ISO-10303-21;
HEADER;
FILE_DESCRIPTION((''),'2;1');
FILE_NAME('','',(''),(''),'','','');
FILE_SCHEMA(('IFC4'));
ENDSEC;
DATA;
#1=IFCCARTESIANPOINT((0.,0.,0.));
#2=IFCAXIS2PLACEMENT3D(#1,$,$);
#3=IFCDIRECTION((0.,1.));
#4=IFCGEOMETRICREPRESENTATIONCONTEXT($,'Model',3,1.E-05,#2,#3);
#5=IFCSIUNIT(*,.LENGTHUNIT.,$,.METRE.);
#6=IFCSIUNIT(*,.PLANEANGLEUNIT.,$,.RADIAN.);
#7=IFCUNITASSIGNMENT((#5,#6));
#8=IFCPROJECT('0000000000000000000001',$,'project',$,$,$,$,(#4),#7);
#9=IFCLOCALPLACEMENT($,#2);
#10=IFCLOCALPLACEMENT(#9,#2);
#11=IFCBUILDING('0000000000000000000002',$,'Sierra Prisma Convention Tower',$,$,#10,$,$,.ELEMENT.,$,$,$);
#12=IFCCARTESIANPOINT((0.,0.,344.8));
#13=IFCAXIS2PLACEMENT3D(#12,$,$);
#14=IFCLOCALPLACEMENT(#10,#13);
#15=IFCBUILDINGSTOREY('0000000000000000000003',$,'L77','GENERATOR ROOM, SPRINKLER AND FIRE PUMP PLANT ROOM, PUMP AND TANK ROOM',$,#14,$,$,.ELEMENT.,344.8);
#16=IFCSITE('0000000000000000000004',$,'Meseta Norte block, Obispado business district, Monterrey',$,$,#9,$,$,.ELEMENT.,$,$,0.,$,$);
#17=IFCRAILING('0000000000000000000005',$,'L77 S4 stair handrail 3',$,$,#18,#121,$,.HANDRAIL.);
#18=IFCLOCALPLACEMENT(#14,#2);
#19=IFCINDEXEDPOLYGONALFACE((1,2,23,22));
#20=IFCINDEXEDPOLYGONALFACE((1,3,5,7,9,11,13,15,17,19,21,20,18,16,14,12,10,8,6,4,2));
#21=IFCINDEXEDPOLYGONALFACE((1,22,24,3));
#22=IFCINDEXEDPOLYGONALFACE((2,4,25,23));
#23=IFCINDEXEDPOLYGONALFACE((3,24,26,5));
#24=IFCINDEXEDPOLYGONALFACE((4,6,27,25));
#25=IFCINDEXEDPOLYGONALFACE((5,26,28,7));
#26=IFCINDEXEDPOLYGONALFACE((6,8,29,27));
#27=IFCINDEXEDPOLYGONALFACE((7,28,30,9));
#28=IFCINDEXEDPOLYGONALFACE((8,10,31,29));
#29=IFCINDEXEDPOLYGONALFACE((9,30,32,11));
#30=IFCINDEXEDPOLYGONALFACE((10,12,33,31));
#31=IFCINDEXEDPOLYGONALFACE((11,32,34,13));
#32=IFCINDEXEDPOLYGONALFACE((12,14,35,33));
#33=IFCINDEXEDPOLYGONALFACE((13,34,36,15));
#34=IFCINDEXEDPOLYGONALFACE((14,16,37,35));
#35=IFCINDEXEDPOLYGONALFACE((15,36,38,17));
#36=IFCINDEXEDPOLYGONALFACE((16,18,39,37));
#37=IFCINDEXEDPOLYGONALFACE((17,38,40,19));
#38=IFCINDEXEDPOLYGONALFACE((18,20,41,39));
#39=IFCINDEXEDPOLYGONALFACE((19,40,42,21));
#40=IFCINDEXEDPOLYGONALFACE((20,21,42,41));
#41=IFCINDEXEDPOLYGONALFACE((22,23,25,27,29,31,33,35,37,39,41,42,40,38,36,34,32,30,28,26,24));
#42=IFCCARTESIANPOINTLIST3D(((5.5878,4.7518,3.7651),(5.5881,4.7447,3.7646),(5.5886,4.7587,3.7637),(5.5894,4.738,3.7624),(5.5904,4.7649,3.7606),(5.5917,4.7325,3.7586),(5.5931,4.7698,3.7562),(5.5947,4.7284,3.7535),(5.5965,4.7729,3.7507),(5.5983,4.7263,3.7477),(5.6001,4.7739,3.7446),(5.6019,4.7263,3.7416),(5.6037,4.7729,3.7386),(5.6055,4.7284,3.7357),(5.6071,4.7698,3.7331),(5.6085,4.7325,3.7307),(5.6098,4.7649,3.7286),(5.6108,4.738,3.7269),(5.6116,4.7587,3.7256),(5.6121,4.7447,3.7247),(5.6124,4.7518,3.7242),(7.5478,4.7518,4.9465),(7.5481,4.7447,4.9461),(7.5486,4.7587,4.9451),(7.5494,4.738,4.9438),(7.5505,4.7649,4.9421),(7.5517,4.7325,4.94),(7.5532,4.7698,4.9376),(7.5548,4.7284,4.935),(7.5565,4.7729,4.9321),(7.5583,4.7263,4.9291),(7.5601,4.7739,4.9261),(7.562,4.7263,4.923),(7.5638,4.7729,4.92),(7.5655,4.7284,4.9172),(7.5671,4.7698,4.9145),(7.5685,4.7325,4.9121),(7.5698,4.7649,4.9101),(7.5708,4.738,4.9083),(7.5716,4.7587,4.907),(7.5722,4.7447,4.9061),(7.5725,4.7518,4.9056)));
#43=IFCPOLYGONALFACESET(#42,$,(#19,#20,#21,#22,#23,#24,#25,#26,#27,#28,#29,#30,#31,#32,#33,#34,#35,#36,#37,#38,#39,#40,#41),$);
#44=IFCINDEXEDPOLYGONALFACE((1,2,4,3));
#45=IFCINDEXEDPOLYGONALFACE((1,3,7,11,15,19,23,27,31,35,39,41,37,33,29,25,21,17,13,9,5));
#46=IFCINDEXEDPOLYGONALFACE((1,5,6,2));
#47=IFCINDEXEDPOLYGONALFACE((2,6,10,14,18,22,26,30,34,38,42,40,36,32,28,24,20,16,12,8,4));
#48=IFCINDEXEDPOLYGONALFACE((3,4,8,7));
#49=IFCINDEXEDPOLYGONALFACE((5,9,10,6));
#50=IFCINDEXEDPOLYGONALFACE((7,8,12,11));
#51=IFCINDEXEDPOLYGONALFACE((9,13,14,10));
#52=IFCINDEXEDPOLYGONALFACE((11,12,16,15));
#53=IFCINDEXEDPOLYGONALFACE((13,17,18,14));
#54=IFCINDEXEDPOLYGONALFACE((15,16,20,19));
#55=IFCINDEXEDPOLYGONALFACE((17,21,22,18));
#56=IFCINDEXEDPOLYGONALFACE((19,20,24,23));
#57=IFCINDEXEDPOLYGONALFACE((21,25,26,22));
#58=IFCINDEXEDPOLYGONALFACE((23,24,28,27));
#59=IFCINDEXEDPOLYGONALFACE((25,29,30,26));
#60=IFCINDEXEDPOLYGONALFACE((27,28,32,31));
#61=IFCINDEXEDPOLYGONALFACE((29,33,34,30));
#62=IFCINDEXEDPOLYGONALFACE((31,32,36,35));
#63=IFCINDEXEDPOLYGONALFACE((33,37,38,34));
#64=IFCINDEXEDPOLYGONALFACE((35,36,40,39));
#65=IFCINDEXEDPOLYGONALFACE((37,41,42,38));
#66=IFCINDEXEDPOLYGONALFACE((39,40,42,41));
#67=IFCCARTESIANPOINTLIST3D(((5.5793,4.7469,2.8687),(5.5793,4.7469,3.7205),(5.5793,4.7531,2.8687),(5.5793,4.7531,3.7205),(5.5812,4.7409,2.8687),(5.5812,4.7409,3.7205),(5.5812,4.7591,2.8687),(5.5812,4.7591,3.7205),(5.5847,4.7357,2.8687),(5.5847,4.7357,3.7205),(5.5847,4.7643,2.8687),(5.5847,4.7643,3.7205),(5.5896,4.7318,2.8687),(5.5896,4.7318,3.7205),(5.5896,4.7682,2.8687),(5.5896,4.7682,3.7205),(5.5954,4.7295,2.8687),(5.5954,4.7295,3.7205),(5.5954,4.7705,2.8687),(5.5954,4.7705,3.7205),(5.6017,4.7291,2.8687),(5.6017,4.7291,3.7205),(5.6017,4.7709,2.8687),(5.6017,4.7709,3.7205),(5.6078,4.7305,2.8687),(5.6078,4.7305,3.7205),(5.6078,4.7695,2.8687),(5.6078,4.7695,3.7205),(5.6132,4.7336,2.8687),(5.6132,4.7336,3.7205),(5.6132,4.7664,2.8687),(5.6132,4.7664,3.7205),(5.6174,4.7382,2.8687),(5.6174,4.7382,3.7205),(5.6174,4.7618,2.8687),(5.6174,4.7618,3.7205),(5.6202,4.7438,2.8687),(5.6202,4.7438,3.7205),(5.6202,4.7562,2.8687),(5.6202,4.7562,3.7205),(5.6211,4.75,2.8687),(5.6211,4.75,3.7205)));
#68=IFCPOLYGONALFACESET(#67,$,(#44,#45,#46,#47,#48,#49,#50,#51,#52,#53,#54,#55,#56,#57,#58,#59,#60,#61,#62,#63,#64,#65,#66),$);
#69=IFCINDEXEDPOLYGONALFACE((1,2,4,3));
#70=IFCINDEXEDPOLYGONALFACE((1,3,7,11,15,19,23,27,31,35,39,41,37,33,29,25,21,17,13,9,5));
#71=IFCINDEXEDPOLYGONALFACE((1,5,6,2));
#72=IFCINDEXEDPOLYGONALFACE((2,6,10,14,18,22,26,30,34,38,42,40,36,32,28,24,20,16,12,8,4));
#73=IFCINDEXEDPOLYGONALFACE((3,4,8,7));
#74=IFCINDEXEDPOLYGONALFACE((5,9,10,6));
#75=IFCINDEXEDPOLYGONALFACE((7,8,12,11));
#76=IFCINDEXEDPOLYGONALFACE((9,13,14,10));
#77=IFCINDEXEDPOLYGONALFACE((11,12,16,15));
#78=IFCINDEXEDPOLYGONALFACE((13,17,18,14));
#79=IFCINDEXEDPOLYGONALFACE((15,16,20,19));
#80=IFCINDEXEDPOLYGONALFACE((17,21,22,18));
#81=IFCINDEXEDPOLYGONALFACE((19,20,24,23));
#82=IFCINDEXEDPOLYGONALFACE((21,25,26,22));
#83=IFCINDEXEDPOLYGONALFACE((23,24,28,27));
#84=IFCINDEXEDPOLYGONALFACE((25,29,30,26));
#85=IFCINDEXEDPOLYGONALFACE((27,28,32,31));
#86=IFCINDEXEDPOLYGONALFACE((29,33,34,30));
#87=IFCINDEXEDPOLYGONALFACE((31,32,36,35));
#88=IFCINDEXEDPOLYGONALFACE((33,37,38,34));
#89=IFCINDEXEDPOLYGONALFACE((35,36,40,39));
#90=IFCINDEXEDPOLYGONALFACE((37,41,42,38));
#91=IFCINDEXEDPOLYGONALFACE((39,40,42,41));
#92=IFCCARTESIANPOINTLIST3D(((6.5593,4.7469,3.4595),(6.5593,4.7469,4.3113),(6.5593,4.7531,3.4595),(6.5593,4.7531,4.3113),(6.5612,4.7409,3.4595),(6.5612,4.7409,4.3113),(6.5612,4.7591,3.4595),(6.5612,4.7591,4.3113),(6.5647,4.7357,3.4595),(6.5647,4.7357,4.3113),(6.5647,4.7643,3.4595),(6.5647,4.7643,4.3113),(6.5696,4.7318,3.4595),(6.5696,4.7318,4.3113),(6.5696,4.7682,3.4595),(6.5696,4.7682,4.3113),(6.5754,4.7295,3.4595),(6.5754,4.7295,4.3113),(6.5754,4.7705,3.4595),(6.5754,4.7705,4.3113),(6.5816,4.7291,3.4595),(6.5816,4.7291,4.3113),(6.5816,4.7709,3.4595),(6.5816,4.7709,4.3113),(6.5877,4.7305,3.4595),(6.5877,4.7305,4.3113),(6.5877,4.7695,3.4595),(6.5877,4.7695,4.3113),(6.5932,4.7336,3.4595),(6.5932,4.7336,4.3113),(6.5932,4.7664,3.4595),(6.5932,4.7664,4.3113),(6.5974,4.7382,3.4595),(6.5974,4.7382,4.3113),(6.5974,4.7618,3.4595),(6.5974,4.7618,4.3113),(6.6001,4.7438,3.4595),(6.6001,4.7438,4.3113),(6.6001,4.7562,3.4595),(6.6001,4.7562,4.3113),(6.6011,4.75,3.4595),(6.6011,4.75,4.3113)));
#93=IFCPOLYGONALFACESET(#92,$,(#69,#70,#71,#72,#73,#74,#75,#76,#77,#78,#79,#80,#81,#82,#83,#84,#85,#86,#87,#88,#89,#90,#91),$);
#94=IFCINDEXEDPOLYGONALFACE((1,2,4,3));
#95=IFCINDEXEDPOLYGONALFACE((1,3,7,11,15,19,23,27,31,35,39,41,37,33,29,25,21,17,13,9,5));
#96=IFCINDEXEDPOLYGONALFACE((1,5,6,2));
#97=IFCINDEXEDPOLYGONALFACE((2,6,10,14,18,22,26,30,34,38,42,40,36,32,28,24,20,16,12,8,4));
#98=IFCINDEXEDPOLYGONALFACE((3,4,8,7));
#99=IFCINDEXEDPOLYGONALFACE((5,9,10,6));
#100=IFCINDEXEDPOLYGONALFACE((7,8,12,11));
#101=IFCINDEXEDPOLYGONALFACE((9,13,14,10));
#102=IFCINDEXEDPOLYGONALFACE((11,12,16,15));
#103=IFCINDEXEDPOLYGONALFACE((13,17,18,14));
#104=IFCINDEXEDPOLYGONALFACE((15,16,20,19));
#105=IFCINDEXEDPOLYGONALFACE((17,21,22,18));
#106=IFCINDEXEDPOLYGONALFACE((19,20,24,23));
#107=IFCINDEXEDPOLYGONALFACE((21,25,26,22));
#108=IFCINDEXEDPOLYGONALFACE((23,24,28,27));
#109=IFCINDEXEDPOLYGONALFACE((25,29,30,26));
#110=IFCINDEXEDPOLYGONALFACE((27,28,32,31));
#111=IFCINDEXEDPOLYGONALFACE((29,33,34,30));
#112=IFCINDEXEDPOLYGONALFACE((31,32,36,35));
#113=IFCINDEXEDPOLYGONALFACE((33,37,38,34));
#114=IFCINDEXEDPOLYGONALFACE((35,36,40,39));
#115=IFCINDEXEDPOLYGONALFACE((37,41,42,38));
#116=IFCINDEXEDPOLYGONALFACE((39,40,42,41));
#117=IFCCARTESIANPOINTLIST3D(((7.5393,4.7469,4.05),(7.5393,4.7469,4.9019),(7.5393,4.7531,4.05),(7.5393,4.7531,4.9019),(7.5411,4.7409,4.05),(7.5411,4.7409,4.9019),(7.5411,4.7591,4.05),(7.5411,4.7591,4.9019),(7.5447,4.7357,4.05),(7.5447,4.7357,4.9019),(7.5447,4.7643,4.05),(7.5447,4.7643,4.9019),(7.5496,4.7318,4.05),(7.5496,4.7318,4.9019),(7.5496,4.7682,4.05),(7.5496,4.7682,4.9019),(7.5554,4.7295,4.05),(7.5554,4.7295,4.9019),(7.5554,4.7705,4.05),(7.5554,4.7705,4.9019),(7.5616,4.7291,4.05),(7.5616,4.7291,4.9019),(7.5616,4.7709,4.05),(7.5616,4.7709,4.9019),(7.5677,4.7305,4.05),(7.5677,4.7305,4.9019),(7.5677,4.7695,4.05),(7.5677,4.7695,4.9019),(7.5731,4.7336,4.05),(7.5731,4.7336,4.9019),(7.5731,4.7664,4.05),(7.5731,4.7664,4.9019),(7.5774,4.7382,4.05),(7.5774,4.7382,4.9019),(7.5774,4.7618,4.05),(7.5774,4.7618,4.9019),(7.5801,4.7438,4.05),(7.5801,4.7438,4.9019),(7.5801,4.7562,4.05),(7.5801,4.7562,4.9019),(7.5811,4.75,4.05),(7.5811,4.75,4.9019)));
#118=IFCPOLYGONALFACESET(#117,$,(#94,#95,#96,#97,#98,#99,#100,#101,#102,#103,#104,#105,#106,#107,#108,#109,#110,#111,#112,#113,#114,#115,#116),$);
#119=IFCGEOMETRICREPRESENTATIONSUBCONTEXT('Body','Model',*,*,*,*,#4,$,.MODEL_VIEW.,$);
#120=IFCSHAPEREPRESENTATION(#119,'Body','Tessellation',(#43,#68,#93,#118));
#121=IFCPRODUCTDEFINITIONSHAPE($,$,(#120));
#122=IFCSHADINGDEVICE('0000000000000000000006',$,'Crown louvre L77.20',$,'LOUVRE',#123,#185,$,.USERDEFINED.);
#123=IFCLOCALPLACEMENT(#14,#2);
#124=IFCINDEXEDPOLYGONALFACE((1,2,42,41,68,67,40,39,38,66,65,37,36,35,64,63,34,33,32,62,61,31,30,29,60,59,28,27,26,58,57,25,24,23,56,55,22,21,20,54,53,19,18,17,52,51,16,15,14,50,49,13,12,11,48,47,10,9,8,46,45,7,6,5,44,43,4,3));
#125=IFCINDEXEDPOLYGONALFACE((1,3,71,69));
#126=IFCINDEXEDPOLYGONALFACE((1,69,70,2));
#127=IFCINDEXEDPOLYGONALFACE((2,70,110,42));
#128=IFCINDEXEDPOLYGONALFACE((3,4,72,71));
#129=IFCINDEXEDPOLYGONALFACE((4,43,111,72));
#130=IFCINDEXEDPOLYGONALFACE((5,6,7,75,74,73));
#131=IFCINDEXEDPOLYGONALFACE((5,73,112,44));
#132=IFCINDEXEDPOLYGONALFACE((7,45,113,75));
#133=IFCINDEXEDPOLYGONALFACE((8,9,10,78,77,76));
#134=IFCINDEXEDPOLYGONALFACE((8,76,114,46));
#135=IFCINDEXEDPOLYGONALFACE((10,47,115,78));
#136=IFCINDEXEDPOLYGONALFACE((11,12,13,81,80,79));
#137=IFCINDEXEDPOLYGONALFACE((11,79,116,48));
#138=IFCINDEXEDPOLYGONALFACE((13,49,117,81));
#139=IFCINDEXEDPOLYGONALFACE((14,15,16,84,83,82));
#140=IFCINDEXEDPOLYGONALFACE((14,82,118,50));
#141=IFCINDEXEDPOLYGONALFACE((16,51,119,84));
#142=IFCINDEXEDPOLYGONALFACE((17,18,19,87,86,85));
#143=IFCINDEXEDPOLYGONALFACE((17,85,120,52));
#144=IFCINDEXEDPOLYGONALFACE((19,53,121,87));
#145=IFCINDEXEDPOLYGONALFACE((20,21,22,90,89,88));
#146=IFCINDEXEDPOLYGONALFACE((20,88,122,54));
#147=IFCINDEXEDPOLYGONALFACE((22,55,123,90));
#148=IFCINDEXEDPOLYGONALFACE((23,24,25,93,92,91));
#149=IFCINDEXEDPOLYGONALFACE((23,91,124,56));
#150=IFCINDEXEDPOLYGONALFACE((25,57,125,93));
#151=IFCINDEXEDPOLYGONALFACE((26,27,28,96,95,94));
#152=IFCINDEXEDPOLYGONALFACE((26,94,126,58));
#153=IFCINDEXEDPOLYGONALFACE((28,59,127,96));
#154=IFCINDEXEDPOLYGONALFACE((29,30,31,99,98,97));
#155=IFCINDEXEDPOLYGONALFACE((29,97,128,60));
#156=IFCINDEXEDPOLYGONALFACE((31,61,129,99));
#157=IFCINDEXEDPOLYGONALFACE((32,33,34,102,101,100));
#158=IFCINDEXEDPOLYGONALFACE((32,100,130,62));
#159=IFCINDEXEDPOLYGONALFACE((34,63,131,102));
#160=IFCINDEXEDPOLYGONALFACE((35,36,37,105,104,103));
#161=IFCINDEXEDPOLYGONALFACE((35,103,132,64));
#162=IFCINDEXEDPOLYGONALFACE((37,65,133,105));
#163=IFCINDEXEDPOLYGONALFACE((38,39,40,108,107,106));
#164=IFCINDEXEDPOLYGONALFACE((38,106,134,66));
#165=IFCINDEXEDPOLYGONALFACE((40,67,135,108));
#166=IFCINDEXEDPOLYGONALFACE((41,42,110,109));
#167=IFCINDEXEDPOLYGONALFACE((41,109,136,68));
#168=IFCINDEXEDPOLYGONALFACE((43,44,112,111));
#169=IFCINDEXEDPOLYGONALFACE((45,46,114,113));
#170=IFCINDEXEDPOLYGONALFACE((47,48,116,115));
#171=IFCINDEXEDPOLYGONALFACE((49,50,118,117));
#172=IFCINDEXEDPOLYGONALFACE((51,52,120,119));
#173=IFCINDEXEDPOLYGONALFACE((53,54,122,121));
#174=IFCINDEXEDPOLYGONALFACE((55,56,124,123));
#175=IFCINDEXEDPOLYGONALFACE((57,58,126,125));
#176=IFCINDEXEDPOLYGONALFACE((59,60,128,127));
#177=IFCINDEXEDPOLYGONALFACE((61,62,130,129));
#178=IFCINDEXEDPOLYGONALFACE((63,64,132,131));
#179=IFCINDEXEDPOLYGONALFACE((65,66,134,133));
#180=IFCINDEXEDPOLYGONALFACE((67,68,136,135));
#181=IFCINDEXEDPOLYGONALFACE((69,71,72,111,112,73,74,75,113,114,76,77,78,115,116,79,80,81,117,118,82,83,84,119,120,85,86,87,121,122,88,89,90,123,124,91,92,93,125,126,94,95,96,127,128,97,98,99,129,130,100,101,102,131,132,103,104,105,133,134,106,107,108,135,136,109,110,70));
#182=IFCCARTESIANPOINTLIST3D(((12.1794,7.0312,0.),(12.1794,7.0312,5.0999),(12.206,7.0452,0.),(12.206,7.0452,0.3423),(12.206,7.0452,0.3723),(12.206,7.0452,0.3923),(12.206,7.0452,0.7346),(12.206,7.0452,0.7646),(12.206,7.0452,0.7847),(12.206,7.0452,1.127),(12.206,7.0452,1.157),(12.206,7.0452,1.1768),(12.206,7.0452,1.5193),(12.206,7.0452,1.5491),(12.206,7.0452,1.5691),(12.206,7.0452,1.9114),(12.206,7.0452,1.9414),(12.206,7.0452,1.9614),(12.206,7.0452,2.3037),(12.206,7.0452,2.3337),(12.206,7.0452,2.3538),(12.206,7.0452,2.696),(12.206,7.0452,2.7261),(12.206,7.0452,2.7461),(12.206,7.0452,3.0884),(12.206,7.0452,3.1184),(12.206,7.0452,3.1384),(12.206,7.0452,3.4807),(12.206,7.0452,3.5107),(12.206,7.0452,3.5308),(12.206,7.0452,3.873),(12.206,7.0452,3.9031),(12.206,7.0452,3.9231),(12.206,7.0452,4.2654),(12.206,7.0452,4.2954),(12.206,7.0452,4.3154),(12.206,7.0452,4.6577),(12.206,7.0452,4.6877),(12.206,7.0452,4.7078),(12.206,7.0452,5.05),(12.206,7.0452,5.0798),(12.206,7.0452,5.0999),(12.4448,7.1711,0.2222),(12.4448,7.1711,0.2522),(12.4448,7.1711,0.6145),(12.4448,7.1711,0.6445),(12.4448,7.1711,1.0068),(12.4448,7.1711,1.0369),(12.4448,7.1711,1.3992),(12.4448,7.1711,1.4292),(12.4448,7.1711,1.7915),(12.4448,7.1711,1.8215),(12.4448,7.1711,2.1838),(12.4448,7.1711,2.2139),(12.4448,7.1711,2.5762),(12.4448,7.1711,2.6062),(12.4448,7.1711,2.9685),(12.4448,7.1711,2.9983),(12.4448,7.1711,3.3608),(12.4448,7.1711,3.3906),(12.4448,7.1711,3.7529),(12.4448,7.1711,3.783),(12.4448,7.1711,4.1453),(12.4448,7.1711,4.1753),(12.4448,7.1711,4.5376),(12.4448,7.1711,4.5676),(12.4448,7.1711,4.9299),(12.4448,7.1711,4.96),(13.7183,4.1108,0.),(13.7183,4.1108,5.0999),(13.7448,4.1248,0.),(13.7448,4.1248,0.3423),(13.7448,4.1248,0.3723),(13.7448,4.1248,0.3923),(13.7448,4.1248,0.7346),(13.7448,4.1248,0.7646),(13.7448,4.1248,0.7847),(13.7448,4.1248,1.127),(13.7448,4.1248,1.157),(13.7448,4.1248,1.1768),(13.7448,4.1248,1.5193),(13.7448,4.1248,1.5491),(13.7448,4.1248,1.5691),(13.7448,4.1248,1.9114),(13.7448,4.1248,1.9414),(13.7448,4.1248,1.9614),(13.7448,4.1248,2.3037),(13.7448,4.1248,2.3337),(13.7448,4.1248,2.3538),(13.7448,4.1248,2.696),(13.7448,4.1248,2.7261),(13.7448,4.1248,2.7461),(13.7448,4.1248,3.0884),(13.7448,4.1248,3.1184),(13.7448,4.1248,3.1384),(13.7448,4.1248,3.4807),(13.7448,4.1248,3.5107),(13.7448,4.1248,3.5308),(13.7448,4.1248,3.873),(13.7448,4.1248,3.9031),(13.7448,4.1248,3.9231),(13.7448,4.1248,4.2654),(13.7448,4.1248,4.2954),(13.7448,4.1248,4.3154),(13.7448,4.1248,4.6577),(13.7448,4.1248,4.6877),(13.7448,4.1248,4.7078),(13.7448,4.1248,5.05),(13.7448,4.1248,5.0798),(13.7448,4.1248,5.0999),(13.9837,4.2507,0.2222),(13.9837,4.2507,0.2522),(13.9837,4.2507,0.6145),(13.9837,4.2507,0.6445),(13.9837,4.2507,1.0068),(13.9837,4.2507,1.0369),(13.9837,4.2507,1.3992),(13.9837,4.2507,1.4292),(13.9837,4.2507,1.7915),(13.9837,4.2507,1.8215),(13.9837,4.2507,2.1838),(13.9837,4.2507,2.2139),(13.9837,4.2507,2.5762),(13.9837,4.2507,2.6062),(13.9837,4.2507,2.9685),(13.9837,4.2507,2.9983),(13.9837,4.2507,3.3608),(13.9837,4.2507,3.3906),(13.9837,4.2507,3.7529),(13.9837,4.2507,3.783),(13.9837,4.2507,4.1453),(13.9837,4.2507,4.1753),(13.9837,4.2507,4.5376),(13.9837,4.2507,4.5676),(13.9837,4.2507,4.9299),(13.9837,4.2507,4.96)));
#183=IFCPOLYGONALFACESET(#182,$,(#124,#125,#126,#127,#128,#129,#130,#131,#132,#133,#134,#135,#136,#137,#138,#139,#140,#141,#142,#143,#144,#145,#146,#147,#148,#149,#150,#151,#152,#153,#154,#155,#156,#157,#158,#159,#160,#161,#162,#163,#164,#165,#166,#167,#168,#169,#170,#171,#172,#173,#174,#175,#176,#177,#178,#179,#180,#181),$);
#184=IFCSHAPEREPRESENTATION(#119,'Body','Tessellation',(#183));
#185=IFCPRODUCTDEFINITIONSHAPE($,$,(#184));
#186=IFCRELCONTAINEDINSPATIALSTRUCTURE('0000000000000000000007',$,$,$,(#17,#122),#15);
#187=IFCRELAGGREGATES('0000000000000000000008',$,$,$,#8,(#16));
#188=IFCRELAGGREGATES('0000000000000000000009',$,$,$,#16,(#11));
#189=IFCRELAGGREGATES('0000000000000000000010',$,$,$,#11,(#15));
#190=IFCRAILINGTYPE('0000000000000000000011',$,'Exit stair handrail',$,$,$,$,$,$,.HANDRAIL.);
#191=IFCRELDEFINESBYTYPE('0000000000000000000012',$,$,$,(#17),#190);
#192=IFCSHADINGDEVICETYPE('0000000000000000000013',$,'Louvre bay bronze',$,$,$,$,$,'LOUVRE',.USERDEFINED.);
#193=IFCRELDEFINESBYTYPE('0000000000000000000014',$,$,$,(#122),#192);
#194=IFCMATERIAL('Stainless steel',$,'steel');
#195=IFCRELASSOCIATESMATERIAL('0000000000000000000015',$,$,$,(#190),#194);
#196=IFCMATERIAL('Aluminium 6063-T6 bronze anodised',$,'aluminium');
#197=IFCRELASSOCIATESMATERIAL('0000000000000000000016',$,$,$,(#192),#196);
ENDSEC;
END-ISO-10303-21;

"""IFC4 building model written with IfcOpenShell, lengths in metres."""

from ifc_helpers import new_model, si_unit, direction, frame, origin, origin_2d, place, context, subcontext, project, spatial, polyline, circle, outline, extrude, material, type_object, element, save


model = new_model("IFC4")

# Units and contexts
model_context = context("Model", 3, precision=1e-05, world=origin(), true_north=direction((0.0, 1.0)))
body_context = subcontext(model_context, "Body", "Model", "MODEL_VIEW")
ifc_project = project(units=[si_unit("LENGTHUNIT", "METRE"), si_unit("PLANEANGLEUNIT", "RADIAN")], contexts=[model_context])

# Site, building, storey
site_placement = place(None, origin())
site = spatial("IfcSite", under=ifc_project, at=site_placement, Name="Meseta Norte block, Obispado business district, Monterrey", CompositionType="ELEMENT", RefElevation=0.0)
building_placement = place(site_placement, origin())
building = spatial("IfcBuilding", under=site, at=building_placement, Name="Sierra Prisma Convention Tower", CompositionType="ELEMENT")
storey_placement = place(building_placement, frame((0.0, 0.0, 344.8)))
storey = spatial("IfcBuildingStorey", under=building, at=storey_placement, Name="L77", Description="GENERATOR ROOM, SPRINKLER AND FIRE PUMP PLANT ROOM, PUMP AND TANK ROOM", CompositionType="ELEMENT", Elevation=344.8)

# Railing
ifc_material_1 = material(Name="Stainless steel", Category="steel")
railing_type = type_object("IfcRailingType", Name="Exit stair handrail", PredefinedType="HANDRAIL", material=ifc_material_1)
railing_1_placement = place(storey_placement, frame((5.6001, 4.75, 2.8687)))
element("IfcRailing", 1, at=railing_1_placement, inside=storey, type_object=railing_type, Name="L77 S4 stair handrail 3", PredefinedType="HANDRAIL", context=body_context, shape_type="SweptSolid", body=[
    extrude(circle(Radius=0.0239, at=origin_2d()), frame((0.0, 0.0, 0.876), z_axis=(0.856446, 0.0, 0.516236), x_axis=(0.0, 1.0, 0.0)), (0.0, 0.0, 1.0), 2.2886),
    extrude(circle(Radius=0.021, at=origin_2d()), origin(), (0.0, 0.0, 1.0), 0.8518),
    extrude(circle(Radius=0.021, at=origin_2d()), frame((0.98, 0.0, 0.5908)), (0.0, 0.0, 1.0), 0.8518),
    extrude(circle(Radius=0.021, at=origin_2d()), frame((1.96, 0.0, 1.1814)), (0.0, 0.0, 1.0), 0.8518),
])

# Shading device
ifc_material_2 = material(Name="Aluminium 6063-T6 bronze anodised", Category="aluminium")
shading_device_type = type_object("IfcShadingDeviceType", Name="Louvre bay bronze", ElementType="LOUVRE", PredefinedType="USERDEFINED", material=ifc_material_2)
shading_device_placement = place(storey_placement, frame((13.7183, 4.1108, 0.0), z_axis=(0.466178, -0.884691, 0.0), x_axis=(0.0, 0.0, 1.0)))
element("IfcShadingDevice", 2, at=shading_device_placement, inside=storey, type_object=shading_device_type, Name="Crown louvre L77.20", ObjectType="LOUVRE", PredefinedType="USERDEFINED", context=body_context, shape_type="SweptSolid", body=[
    extrude(outline(polyline([(0.0, 0.0), (5.0999, 0.0), (5.0999, -0.03), (5.0798, -0.03), (4.96, -0.3), (4.9299, -0.3), (5.05, -0.03), (4.7078, -0.03), (4.6877, -0.03), (4.5676, -0.3), (4.5376, -0.3), (4.6577, -0.03), (4.3154, -0.03), (4.2954, -0.03), (4.1753, -0.3), (4.1453, -0.3), (4.2654, -0.03), (3.9231, -0.03), (3.9031, -0.03), (3.783, -0.3), (3.7529, -0.3), (3.873, -0.03), (3.5308, -0.03), (3.5107, -0.03), (3.3906, -0.3), (3.3608, -0.3), (3.4807, -0.03), (3.1384, -0.03), (3.1184, -0.03), (2.9983, -0.3), (2.9685, -0.3), (3.0884, -0.03), (2.7461, -0.03), (2.7261, -0.03), (2.6062, -0.3), (2.5762, -0.3), (2.696, -0.03), (2.3538, -0.03), (2.3337, -0.03), (2.2139, -0.3), (2.1838, -0.3), (2.3037, -0.03), (1.9614, -0.03), (1.9414, -0.03), (1.8215, -0.3), (1.7915, -0.3), (1.9114, -0.03), (1.5691, -0.03), (1.5491, -0.03), (1.4292, -0.3), (1.3992, -0.3), (1.5193, -0.03), (1.1768, -0.03), (1.157, -0.03), (1.0369, -0.3), (1.0068, -0.3), (1.127, -0.03), (0.7847, -0.03), (0.7646, -0.03), (0.6445, -0.3), (0.6145, -0.3), (0.7346, -0.03), (0.3923, -0.03), (0.3723, -0.03), (0.2522, -0.3), (0.2222, -0.3), (0.3423, -0.03), (0.0, -0.03), (0.0, 0.0)])), origin(), (0.0, 0.0, -1.0), 3.301),
])

save(model, "model.ifc")
